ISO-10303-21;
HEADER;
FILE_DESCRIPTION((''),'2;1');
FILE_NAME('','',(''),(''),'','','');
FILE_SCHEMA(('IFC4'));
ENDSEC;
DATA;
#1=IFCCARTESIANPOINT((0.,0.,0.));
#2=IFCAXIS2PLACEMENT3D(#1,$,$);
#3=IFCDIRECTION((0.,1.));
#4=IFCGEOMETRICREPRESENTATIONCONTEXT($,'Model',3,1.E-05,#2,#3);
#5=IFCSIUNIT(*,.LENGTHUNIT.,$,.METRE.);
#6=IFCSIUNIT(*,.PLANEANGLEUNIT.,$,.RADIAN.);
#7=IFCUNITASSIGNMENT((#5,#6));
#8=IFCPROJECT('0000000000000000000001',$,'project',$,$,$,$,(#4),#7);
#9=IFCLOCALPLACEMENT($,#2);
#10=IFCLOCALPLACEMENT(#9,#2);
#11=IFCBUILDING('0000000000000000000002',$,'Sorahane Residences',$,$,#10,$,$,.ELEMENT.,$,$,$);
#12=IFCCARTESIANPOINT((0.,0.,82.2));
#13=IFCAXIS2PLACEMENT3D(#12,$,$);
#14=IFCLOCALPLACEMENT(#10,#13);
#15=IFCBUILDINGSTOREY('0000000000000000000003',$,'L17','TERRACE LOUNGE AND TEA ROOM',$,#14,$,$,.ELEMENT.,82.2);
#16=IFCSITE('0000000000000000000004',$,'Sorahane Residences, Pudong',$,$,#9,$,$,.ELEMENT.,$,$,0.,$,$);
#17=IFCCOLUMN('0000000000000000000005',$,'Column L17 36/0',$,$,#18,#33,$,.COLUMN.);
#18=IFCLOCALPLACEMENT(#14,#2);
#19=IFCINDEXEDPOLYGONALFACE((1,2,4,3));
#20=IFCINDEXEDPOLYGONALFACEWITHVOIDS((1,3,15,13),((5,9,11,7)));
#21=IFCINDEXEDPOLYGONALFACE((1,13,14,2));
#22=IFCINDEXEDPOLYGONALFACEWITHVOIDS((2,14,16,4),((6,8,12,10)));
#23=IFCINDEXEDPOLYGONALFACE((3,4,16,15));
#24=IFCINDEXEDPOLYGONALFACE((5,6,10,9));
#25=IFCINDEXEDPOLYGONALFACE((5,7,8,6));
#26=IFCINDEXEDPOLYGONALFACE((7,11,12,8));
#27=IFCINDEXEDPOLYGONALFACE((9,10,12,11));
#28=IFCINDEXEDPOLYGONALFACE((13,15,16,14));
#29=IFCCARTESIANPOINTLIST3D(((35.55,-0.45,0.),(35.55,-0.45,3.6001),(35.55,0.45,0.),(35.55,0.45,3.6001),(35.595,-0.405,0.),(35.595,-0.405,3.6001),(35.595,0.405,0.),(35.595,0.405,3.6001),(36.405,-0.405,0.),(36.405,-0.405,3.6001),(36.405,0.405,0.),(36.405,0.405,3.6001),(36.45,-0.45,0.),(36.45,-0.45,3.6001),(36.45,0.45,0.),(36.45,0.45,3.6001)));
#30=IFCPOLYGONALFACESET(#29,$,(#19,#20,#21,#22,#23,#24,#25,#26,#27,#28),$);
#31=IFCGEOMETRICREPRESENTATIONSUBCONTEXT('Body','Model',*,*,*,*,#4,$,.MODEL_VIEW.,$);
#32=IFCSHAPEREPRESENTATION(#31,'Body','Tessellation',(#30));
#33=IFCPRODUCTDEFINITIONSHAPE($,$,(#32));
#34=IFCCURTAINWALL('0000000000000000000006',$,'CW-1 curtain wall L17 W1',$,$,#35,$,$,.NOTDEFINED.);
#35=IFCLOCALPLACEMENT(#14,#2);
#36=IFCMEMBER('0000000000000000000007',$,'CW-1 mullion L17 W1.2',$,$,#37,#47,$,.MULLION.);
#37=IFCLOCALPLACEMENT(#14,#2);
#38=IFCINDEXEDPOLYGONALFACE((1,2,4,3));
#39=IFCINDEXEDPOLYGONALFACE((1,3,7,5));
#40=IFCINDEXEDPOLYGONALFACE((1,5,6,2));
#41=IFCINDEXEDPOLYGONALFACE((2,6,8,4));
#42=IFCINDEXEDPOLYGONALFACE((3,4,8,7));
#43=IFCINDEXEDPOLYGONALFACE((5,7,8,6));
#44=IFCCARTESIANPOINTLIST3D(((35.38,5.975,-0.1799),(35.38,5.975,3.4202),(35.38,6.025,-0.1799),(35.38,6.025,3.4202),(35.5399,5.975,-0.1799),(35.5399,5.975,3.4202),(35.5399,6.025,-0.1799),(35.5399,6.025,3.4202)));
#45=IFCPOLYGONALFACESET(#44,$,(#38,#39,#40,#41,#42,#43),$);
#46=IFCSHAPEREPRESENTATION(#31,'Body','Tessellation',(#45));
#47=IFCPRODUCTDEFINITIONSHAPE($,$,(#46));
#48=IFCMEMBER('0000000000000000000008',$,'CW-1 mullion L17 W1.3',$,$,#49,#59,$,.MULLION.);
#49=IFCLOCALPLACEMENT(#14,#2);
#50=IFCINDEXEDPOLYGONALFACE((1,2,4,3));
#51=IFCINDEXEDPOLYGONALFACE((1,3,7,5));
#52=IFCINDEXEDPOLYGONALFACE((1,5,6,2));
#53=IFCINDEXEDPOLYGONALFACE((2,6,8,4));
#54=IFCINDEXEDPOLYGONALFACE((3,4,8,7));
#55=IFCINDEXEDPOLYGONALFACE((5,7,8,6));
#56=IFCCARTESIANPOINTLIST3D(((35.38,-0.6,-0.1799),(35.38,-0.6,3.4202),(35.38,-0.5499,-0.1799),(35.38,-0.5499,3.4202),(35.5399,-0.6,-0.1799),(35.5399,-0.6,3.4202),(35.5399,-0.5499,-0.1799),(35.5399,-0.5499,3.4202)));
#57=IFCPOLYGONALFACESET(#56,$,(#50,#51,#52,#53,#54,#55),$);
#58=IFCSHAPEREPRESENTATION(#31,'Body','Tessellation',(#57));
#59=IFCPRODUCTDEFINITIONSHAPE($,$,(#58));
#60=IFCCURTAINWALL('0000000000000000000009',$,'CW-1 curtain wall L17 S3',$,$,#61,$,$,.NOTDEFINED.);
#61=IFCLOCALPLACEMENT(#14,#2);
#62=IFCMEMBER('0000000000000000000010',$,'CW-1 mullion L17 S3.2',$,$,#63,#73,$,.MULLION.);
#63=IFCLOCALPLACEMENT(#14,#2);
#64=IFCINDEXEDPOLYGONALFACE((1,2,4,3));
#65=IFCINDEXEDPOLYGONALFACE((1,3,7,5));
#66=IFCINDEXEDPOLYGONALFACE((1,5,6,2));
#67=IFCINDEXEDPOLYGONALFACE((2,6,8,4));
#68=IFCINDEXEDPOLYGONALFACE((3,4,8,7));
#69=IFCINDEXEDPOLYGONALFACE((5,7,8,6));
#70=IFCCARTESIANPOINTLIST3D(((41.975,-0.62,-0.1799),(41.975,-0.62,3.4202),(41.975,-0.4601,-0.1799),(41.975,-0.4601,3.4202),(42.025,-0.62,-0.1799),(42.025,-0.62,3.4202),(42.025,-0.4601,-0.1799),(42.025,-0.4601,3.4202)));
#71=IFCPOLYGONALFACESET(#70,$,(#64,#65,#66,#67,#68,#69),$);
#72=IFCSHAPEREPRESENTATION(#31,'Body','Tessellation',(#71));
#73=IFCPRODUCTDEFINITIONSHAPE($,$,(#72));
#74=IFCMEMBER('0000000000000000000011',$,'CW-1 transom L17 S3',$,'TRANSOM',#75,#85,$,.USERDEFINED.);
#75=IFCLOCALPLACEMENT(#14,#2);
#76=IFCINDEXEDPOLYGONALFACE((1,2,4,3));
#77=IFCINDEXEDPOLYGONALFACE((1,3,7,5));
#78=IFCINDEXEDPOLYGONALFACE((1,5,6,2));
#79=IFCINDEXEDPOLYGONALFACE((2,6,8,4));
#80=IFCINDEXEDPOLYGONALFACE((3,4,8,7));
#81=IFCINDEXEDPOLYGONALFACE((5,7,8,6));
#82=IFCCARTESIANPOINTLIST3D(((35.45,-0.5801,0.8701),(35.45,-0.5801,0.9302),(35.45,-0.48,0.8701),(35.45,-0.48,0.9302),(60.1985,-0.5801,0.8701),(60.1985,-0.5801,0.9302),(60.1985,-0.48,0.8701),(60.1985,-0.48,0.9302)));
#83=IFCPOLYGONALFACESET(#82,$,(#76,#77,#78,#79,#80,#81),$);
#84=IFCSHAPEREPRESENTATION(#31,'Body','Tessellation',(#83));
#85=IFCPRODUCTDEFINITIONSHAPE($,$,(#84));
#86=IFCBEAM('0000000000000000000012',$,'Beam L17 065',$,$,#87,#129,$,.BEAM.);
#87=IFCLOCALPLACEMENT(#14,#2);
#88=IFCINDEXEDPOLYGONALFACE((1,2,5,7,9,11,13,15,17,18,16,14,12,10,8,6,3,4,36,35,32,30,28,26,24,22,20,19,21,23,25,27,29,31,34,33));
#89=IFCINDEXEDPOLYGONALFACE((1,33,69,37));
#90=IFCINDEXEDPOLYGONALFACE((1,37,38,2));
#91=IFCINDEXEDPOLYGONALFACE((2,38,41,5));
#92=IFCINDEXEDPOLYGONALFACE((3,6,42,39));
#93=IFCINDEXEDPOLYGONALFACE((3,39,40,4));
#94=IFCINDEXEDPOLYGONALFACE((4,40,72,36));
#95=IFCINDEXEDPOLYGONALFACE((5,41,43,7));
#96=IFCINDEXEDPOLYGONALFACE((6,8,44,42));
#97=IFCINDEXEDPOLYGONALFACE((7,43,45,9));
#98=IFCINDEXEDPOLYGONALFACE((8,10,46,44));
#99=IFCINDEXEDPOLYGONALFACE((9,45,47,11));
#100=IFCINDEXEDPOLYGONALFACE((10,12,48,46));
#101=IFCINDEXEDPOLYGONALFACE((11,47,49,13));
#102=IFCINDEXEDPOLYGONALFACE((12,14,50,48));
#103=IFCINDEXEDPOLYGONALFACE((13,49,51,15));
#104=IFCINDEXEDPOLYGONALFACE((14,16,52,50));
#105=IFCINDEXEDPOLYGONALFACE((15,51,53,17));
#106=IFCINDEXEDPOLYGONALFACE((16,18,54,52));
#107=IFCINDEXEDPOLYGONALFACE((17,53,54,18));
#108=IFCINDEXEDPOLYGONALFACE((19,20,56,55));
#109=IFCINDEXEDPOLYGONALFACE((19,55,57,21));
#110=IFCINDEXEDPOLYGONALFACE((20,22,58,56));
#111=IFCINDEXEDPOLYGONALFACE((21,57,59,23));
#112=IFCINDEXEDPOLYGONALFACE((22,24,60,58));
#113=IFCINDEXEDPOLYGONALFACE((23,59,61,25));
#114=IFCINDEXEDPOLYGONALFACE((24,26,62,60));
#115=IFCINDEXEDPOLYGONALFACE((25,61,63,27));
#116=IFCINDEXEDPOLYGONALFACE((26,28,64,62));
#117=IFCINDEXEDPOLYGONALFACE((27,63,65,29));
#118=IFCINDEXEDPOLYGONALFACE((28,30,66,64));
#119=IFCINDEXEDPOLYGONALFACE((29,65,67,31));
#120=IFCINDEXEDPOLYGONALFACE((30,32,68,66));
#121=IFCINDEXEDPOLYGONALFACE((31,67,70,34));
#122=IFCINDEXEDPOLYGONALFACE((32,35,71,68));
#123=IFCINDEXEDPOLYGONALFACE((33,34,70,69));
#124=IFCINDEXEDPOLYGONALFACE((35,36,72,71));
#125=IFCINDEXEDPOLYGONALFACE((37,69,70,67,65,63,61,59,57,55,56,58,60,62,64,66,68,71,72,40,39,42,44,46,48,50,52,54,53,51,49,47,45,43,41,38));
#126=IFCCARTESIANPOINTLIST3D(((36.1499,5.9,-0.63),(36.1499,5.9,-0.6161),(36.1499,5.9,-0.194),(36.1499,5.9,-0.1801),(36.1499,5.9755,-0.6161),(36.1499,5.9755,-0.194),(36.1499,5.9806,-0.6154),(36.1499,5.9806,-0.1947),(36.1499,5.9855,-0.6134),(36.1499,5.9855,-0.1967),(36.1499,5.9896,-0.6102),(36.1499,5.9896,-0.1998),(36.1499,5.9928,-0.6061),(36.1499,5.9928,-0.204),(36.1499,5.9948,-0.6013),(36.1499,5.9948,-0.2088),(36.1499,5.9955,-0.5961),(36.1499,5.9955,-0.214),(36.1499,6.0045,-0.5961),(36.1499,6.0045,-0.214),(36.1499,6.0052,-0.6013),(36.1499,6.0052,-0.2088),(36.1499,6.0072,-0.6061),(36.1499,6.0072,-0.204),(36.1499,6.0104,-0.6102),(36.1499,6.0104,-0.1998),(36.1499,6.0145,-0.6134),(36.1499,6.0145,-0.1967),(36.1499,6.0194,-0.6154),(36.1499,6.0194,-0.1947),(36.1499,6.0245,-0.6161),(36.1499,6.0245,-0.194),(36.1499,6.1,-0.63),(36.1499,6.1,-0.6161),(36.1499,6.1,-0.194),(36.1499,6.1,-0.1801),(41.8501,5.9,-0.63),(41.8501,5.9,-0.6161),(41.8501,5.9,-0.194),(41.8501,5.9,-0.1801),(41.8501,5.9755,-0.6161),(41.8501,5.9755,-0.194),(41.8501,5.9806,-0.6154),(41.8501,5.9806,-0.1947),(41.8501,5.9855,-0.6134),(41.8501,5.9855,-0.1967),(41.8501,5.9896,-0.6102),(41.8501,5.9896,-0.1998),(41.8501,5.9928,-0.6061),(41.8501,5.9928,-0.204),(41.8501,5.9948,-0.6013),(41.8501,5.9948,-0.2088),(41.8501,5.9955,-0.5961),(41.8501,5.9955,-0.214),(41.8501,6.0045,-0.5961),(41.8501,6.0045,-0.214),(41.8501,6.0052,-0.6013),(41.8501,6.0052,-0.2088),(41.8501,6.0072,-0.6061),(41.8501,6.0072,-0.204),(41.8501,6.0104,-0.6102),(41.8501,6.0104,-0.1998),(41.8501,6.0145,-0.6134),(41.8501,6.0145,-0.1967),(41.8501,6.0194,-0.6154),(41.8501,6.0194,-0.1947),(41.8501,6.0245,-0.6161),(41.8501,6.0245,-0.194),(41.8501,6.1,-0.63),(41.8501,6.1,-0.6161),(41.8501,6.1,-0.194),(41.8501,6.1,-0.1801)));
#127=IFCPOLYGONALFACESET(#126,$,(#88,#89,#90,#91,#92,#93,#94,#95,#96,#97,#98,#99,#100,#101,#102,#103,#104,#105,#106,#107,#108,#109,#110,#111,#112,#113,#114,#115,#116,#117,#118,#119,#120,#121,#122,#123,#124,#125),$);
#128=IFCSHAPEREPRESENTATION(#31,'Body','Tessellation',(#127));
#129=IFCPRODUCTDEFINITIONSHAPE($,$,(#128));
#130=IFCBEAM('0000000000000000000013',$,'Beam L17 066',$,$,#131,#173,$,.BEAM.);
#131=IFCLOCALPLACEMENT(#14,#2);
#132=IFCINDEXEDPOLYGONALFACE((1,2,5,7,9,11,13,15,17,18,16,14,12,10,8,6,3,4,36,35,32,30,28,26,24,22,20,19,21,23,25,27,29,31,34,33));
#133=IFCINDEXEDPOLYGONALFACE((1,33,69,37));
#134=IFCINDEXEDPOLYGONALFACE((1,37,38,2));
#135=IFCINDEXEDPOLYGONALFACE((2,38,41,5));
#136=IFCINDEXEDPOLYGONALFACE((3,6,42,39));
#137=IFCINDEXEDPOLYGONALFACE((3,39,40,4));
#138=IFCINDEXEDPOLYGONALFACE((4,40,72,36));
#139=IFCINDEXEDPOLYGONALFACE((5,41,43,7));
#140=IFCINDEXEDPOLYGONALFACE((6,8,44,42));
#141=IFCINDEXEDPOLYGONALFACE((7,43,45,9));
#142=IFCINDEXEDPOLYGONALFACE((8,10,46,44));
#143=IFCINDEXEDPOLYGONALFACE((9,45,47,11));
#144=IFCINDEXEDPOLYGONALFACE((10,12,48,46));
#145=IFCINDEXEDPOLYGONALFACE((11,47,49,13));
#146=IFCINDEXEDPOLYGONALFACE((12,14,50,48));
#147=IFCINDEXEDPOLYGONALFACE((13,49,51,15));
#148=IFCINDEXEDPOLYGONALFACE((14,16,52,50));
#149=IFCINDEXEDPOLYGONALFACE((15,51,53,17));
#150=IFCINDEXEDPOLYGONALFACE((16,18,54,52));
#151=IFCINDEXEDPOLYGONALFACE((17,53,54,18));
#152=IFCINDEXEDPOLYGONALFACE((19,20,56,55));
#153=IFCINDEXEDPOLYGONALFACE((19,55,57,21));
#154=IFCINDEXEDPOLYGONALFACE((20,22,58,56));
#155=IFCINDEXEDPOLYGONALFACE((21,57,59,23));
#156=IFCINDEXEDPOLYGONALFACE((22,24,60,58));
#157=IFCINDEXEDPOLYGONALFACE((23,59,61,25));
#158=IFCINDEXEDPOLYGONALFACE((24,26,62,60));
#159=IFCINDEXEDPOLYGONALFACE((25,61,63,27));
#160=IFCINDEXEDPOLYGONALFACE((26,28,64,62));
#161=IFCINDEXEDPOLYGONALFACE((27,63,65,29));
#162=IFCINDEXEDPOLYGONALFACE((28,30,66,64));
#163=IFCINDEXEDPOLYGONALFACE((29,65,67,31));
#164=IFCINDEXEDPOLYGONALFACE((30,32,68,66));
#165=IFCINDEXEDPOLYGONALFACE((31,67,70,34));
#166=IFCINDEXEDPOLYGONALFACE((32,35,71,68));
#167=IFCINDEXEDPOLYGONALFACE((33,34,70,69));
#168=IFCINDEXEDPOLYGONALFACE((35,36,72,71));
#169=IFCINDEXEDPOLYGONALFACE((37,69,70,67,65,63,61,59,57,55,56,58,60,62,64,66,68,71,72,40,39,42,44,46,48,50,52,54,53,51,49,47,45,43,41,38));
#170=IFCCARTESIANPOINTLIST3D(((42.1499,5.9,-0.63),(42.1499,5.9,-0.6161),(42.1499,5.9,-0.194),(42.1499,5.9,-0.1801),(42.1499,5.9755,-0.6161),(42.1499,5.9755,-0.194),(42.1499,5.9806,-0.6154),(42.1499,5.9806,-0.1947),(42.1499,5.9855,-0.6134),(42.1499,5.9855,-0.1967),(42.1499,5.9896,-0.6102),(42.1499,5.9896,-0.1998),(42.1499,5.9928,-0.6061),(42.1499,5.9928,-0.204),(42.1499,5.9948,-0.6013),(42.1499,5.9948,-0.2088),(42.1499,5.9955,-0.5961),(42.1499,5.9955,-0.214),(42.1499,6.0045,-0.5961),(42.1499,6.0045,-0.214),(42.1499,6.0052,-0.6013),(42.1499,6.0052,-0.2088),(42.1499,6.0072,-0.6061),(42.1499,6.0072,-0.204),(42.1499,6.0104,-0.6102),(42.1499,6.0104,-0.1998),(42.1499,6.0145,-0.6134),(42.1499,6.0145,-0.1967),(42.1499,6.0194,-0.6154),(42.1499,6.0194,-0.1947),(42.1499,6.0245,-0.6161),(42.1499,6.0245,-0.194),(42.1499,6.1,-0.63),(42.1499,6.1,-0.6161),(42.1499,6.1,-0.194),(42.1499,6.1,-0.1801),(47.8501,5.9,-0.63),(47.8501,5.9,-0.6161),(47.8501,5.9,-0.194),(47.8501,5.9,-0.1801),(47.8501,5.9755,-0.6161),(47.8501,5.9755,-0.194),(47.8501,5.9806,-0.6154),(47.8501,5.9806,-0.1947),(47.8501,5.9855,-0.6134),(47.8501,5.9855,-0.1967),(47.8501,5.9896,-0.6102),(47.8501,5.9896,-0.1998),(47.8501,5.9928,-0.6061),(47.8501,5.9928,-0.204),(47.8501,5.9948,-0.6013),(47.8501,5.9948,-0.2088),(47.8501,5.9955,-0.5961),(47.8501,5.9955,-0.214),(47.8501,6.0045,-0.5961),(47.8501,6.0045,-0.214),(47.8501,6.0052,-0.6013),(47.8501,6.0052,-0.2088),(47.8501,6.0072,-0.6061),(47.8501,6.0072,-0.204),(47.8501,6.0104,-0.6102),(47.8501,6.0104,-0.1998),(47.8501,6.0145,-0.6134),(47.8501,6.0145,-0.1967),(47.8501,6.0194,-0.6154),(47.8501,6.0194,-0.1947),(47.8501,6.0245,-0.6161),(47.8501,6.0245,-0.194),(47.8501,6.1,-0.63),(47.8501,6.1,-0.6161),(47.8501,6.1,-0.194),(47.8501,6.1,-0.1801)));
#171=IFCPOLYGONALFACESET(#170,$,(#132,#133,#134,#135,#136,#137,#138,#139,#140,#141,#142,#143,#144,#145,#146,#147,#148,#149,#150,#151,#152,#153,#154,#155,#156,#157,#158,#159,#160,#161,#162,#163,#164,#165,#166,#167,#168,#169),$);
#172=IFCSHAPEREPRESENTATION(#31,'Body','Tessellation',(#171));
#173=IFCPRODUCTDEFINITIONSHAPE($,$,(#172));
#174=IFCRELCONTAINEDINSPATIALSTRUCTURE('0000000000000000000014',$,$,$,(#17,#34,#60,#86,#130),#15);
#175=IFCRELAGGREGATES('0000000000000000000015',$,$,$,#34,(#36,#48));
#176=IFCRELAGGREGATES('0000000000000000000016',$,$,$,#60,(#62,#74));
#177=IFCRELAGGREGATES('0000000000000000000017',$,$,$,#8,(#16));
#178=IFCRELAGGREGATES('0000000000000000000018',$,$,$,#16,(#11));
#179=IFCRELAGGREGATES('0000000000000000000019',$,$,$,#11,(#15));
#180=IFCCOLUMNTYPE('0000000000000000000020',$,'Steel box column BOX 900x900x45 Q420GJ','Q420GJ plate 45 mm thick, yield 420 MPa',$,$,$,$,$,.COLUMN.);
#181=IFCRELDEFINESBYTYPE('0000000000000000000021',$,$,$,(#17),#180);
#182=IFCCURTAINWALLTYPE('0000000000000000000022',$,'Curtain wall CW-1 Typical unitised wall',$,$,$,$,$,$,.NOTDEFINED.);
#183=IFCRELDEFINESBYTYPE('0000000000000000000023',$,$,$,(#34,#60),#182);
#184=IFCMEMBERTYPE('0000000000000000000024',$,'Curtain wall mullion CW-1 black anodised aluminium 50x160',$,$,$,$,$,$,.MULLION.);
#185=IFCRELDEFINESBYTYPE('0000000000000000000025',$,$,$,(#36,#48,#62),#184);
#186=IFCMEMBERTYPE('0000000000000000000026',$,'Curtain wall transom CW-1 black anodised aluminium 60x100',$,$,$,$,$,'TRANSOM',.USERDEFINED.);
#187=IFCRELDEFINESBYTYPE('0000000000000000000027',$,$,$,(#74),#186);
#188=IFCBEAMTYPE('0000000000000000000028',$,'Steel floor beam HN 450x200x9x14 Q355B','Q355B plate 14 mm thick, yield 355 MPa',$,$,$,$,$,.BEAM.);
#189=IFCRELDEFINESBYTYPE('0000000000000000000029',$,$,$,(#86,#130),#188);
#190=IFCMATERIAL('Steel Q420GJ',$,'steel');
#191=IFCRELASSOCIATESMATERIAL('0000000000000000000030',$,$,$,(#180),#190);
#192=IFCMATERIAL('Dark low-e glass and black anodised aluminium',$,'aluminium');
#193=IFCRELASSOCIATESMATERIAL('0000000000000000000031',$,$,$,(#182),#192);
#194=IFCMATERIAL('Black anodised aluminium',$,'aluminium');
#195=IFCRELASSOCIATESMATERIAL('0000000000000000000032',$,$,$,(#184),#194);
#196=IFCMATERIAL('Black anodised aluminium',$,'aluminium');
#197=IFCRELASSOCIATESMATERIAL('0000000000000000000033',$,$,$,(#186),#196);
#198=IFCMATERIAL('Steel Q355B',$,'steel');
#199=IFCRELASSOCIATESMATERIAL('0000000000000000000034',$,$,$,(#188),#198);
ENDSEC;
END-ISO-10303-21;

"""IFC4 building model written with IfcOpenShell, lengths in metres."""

from ifc_helpers import new_model, si_unit, direction, frame, origin, origin_2d, place, context, subcontext, project, spatial, rectangle, hollow_rectangle, i_section, extrude, material, material_profile, profile_set, type_object, element, aggregate, save


model = new_model("IFC4")

# Units and contexts
model_context = context("Model", 3, precision=1e-05, world=origin(), true_north=direction((0.0, 1.0)))
body_context = subcontext(model_context, "Body", "Model", "MODEL_VIEW")
ifc_project = project(units=[si_unit("LENGTHUNIT", "METRE"), si_unit("PLANEANGLEUNIT", "RADIAN")], contexts=[model_context])

# Site, building, storey
site_placement = place(None, origin())
site = spatial("IfcSite", under=ifc_project, at=site_placement, Name="Sorahane Residences, Pudong", CompositionType="ELEMENT", RefElevation=0.0)
building_placement = place(site_placement, origin())
building = spatial("IfcBuilding", under=site, at=building_placement, Name="Sorahane Residences", CompositionType="ELEMENT")
storey_placement = place(building_placement, frame((0.0, 0.0, 82.2)))
storey = spatial("IfcBuildingStorey", under=building, at=storey_placement, Name="L17", Description="TERRACE LOUNGE AND TEA ROOM", CompositionType="ELEMENT", Elevation=82.2)

# Column
ifc_material_1 = material(Name="Steel Q420GJ", Category="steel")
ifc_material_profile_1 = material_profile(ifc_material_1, hollow_rectangle(XDim=0.8999, YDim=0.8999, WallThickness=0.0449, at=origin_2d()), Name="BOX 900x900x45")
ifc_profile_set_1 = profile_set([ifc_material_profile_1], Name="Steel Q420GJ")
column_type = type_object("IfcColumnType", Name="Steel box column BOX 900x900x45 Q420GJ", Description="Q420GJ plate 45 mm thick, yield 420 MPa", PredefinedType="COLUMN", material=ifc_profile_set_1)
column_placement = place(storey_placement, frame((36.0, 0.0, 0.0), z_axis=(0.0, 0.0, 1.0), x_axis=(1.0, 0.0, 0.0)))
element("IfcColumn", 1, at=column_placement, inside=storey, type_object=column_type, Name="Column L17 36/0", PredefinedType="COLUMN", context=body_context, shape_type="SweptSolid", body=[
    extrude(hollow_rectangle(XDim=0.8999, YDim=0.8999, WallThickness=0.0449, at=origin_2d()), origin(), (0.0, 0.0, 1.0), 3.6001),
])

# Curtain walls, members
ifc_material_2 = material(Name="Dark low-e glass and black anodised aluminium", Category="aluminium")
curtain_wall_type = type_object("IfcCurtainWallType", Name="Curtain wall CW-1 Typical unitised wall", PredefinedType="NOTDEFINED", material=ifc_material_2)
curtain_wall_1_placement = place(storey_placement, origin())
curtain_wall_1 = element("IfcCurtainWall", 2, at=curtain_wall_1_placement, inside=storey, type_object=curtain_wall_type, Name="CW-1 curtain wall L17 W1", PredefinedType="NOTDEFINED")
ifc_material_3 = material(Name="Black anodised aluminium", Category="aluminium")
ifc_material_profile_2 = material_profile(ifc_material_3, rectangle(XDim=0.1599, YDim=0.05, at=origin_2d()), Name="Curtain wall mullion CW-1 black anodised aluminium 50x160")
ifc_profile_set_2 = profile_set([ifc_material_profile_2], Name="Black anodised aluminium")
member_type_1 = type_object("IfcMemberType", Name="Curtain wall mullion CW-1 black anodised aluminium 50x160", PredefinedType="MULLION", material=ifc_profile_set_2)
member_1_placement = place(storey_placement, frame((35.46, 6.0, -0.1799), z_axis=(0.0, 0.0, 1.0), x_axis=(-1.0, 0.0, 0.0)))
member_1 = element("IfcMember", 3, at=member_1_placement, type_object=member_type_1, Name="CW-1 mullion L17 W1.2", PredefinedType="MULLION", context=body_context, shape_type="SweptSolid", body=[
    extrude(rectangle(XDim=0.1599, YDim=0.05, at=origin_2d()), origin(), (0.0, 0.0, 1.0), 3.6001),
])
member_2_placement = place(storey_placement, frame((35.46, -0.575, -0.1799), z_axis=(0.0, 0.0, 1.0), x_axis=(-1.0, 0.0, 0.0)))
member_2 = element("IfcMember", 4, at=member_2_placement, type_object=member_type_1, Name="CW-1 mullion L17 W1.3", PredefinedType="MULLION", context=body_context, shape_type="SweptSolid", body=[
    extrude(rectangle(XDim=0.1599, YDim=0.05, at=origin_2d()), origin(), (0.0, 0.0, 1.0), 3.6001),
])
curtain_wall_2_placement = place(storey_placement, origin())
curtain_wall_2 = element("IfcCurtainWall", 5, at=curtain_wall_2_placement, inside=storey, type_object=curtain_wall_type, Name="CW-1 curtain wall L17 S3", PredefinedType="NOTDEFINED")
member_3_placement = place(storey_placement, frame((42.0, -0.54, -0.1799), z_axis=(0.0, 0.0, 1.0), x_axis=(0.0, -1.0, 0.0)))
member_3 = element("IfcMember", 6, at=member_3_placement, type_object=member_type_1, Name="CW-1 mullion L17 S3.2", PredefinedType="MULLION", context=body_context, shape_type="SweptSolid", body=[
    extrude(rectangle(XDim=0.1599, YDim=0.05, at=origin_2d()), origin(), (0.0, 0.0, 1.0), 3.6001),
])
ifc_material_4 = material(Name="Black anodised aluminium", Category="aluminium")
ifc_material_profile_3 = material_profile(ifc_material_4, rectangle(XDim=0.1001, YDim=0.0601, at=origin_2d()), Name="Curtain wall transom CW-1 black anodised aluminium 60x100")
ifc_profile_set_3 = profile_set([ifc_material_profile_3], Name="Black anodised aluminium")
member_type_2 = type_object("IfcMemberType", Name="Curtain wall transom CW-1 black anodised aluminium 60x100", ElementType="TRANSOM", PredefinedType="USERDEFINED", material=ifc_profile_set_3)
member_4_placement = place(storey_placement, frame((35.45, -0.53, 0.9001), z_axis=(1.0, 0.0, 0.0), x_axis=(0.0, 1.0, 0.0)))
member_4 = element("IfcMember", 7, at=member_4_placement, type_object=member_type_2, Name="CW-1 transom L17 S3", ObjectType="TRANSOM", PredefinedType="USERDEFINED", context=body_context, shape_type="SweptSolid", body=[
    extrude(rectangle(XDim=0.1001, YDim=0.0601, at=origin_2d()), origin(), (0.0, 0.0, 1.0), 24.7485),
])

# Beams
ifc_material_5 = material(Name="Steel Q355B", Category="steel")
ifc_material_profile_4 = material_profile(ifc_material_5, i_section(OverallWidth=0.2, OverallDepth=0.45, WebThickness=0.009, FlangeThickness=0.0139, FilletRadius=0.02, at=origin_2d()), Name="HN 450x200x9x14")
ifc_profile_set_4 = profile_set([ifc_material_profile_4], Name="Steel Q355B")
beam_type_1 = type_object("IfcBeamType", Name="Steel floor beam HN 450x200x9x14 Q355B", Description="Q355B plate 14 mm thick, yield 355 MPa", PredefinedType="BEAM", material=ifc_profile_set_4)
for number, where, z_axis, x_axis, name in (
    (8, (36.1499, 6.0, -0.405), (1.0, 0.0, 0.0), (0.0, 1.0, 0.0), "Beam L17 065"),
    (9, (42.1499, 6.0, -0.405), (1.0, 0.0, 0.0), (0.0, 1.0, 0.0), "Beam L17 066"),
):
    element("IfcBeam", number, at=place(storey_placement, frame(where, z_axis=z_axis, x_axis=x_axis)), inside=storey, type_object=beam_type_1, Name=name, PredefinedType="BEAM", context=body_context, shape_type="SweptSolid", body=[
        extrude(i_section(OverallWidth=0.2, OverallDepth=0.45, WebThickness=0.009, FlangeThickness=0.0139, FilletRadius=0.02, at=origin_2d()), origin(), (0.0, 0.0, 1.0), 5.7002),
    ])

aggregate(curtain_wall_1, [member_1, member_2])
aggregate(curtain_wall_2, [member_3, member_4])

save(model, "model.ifc")
